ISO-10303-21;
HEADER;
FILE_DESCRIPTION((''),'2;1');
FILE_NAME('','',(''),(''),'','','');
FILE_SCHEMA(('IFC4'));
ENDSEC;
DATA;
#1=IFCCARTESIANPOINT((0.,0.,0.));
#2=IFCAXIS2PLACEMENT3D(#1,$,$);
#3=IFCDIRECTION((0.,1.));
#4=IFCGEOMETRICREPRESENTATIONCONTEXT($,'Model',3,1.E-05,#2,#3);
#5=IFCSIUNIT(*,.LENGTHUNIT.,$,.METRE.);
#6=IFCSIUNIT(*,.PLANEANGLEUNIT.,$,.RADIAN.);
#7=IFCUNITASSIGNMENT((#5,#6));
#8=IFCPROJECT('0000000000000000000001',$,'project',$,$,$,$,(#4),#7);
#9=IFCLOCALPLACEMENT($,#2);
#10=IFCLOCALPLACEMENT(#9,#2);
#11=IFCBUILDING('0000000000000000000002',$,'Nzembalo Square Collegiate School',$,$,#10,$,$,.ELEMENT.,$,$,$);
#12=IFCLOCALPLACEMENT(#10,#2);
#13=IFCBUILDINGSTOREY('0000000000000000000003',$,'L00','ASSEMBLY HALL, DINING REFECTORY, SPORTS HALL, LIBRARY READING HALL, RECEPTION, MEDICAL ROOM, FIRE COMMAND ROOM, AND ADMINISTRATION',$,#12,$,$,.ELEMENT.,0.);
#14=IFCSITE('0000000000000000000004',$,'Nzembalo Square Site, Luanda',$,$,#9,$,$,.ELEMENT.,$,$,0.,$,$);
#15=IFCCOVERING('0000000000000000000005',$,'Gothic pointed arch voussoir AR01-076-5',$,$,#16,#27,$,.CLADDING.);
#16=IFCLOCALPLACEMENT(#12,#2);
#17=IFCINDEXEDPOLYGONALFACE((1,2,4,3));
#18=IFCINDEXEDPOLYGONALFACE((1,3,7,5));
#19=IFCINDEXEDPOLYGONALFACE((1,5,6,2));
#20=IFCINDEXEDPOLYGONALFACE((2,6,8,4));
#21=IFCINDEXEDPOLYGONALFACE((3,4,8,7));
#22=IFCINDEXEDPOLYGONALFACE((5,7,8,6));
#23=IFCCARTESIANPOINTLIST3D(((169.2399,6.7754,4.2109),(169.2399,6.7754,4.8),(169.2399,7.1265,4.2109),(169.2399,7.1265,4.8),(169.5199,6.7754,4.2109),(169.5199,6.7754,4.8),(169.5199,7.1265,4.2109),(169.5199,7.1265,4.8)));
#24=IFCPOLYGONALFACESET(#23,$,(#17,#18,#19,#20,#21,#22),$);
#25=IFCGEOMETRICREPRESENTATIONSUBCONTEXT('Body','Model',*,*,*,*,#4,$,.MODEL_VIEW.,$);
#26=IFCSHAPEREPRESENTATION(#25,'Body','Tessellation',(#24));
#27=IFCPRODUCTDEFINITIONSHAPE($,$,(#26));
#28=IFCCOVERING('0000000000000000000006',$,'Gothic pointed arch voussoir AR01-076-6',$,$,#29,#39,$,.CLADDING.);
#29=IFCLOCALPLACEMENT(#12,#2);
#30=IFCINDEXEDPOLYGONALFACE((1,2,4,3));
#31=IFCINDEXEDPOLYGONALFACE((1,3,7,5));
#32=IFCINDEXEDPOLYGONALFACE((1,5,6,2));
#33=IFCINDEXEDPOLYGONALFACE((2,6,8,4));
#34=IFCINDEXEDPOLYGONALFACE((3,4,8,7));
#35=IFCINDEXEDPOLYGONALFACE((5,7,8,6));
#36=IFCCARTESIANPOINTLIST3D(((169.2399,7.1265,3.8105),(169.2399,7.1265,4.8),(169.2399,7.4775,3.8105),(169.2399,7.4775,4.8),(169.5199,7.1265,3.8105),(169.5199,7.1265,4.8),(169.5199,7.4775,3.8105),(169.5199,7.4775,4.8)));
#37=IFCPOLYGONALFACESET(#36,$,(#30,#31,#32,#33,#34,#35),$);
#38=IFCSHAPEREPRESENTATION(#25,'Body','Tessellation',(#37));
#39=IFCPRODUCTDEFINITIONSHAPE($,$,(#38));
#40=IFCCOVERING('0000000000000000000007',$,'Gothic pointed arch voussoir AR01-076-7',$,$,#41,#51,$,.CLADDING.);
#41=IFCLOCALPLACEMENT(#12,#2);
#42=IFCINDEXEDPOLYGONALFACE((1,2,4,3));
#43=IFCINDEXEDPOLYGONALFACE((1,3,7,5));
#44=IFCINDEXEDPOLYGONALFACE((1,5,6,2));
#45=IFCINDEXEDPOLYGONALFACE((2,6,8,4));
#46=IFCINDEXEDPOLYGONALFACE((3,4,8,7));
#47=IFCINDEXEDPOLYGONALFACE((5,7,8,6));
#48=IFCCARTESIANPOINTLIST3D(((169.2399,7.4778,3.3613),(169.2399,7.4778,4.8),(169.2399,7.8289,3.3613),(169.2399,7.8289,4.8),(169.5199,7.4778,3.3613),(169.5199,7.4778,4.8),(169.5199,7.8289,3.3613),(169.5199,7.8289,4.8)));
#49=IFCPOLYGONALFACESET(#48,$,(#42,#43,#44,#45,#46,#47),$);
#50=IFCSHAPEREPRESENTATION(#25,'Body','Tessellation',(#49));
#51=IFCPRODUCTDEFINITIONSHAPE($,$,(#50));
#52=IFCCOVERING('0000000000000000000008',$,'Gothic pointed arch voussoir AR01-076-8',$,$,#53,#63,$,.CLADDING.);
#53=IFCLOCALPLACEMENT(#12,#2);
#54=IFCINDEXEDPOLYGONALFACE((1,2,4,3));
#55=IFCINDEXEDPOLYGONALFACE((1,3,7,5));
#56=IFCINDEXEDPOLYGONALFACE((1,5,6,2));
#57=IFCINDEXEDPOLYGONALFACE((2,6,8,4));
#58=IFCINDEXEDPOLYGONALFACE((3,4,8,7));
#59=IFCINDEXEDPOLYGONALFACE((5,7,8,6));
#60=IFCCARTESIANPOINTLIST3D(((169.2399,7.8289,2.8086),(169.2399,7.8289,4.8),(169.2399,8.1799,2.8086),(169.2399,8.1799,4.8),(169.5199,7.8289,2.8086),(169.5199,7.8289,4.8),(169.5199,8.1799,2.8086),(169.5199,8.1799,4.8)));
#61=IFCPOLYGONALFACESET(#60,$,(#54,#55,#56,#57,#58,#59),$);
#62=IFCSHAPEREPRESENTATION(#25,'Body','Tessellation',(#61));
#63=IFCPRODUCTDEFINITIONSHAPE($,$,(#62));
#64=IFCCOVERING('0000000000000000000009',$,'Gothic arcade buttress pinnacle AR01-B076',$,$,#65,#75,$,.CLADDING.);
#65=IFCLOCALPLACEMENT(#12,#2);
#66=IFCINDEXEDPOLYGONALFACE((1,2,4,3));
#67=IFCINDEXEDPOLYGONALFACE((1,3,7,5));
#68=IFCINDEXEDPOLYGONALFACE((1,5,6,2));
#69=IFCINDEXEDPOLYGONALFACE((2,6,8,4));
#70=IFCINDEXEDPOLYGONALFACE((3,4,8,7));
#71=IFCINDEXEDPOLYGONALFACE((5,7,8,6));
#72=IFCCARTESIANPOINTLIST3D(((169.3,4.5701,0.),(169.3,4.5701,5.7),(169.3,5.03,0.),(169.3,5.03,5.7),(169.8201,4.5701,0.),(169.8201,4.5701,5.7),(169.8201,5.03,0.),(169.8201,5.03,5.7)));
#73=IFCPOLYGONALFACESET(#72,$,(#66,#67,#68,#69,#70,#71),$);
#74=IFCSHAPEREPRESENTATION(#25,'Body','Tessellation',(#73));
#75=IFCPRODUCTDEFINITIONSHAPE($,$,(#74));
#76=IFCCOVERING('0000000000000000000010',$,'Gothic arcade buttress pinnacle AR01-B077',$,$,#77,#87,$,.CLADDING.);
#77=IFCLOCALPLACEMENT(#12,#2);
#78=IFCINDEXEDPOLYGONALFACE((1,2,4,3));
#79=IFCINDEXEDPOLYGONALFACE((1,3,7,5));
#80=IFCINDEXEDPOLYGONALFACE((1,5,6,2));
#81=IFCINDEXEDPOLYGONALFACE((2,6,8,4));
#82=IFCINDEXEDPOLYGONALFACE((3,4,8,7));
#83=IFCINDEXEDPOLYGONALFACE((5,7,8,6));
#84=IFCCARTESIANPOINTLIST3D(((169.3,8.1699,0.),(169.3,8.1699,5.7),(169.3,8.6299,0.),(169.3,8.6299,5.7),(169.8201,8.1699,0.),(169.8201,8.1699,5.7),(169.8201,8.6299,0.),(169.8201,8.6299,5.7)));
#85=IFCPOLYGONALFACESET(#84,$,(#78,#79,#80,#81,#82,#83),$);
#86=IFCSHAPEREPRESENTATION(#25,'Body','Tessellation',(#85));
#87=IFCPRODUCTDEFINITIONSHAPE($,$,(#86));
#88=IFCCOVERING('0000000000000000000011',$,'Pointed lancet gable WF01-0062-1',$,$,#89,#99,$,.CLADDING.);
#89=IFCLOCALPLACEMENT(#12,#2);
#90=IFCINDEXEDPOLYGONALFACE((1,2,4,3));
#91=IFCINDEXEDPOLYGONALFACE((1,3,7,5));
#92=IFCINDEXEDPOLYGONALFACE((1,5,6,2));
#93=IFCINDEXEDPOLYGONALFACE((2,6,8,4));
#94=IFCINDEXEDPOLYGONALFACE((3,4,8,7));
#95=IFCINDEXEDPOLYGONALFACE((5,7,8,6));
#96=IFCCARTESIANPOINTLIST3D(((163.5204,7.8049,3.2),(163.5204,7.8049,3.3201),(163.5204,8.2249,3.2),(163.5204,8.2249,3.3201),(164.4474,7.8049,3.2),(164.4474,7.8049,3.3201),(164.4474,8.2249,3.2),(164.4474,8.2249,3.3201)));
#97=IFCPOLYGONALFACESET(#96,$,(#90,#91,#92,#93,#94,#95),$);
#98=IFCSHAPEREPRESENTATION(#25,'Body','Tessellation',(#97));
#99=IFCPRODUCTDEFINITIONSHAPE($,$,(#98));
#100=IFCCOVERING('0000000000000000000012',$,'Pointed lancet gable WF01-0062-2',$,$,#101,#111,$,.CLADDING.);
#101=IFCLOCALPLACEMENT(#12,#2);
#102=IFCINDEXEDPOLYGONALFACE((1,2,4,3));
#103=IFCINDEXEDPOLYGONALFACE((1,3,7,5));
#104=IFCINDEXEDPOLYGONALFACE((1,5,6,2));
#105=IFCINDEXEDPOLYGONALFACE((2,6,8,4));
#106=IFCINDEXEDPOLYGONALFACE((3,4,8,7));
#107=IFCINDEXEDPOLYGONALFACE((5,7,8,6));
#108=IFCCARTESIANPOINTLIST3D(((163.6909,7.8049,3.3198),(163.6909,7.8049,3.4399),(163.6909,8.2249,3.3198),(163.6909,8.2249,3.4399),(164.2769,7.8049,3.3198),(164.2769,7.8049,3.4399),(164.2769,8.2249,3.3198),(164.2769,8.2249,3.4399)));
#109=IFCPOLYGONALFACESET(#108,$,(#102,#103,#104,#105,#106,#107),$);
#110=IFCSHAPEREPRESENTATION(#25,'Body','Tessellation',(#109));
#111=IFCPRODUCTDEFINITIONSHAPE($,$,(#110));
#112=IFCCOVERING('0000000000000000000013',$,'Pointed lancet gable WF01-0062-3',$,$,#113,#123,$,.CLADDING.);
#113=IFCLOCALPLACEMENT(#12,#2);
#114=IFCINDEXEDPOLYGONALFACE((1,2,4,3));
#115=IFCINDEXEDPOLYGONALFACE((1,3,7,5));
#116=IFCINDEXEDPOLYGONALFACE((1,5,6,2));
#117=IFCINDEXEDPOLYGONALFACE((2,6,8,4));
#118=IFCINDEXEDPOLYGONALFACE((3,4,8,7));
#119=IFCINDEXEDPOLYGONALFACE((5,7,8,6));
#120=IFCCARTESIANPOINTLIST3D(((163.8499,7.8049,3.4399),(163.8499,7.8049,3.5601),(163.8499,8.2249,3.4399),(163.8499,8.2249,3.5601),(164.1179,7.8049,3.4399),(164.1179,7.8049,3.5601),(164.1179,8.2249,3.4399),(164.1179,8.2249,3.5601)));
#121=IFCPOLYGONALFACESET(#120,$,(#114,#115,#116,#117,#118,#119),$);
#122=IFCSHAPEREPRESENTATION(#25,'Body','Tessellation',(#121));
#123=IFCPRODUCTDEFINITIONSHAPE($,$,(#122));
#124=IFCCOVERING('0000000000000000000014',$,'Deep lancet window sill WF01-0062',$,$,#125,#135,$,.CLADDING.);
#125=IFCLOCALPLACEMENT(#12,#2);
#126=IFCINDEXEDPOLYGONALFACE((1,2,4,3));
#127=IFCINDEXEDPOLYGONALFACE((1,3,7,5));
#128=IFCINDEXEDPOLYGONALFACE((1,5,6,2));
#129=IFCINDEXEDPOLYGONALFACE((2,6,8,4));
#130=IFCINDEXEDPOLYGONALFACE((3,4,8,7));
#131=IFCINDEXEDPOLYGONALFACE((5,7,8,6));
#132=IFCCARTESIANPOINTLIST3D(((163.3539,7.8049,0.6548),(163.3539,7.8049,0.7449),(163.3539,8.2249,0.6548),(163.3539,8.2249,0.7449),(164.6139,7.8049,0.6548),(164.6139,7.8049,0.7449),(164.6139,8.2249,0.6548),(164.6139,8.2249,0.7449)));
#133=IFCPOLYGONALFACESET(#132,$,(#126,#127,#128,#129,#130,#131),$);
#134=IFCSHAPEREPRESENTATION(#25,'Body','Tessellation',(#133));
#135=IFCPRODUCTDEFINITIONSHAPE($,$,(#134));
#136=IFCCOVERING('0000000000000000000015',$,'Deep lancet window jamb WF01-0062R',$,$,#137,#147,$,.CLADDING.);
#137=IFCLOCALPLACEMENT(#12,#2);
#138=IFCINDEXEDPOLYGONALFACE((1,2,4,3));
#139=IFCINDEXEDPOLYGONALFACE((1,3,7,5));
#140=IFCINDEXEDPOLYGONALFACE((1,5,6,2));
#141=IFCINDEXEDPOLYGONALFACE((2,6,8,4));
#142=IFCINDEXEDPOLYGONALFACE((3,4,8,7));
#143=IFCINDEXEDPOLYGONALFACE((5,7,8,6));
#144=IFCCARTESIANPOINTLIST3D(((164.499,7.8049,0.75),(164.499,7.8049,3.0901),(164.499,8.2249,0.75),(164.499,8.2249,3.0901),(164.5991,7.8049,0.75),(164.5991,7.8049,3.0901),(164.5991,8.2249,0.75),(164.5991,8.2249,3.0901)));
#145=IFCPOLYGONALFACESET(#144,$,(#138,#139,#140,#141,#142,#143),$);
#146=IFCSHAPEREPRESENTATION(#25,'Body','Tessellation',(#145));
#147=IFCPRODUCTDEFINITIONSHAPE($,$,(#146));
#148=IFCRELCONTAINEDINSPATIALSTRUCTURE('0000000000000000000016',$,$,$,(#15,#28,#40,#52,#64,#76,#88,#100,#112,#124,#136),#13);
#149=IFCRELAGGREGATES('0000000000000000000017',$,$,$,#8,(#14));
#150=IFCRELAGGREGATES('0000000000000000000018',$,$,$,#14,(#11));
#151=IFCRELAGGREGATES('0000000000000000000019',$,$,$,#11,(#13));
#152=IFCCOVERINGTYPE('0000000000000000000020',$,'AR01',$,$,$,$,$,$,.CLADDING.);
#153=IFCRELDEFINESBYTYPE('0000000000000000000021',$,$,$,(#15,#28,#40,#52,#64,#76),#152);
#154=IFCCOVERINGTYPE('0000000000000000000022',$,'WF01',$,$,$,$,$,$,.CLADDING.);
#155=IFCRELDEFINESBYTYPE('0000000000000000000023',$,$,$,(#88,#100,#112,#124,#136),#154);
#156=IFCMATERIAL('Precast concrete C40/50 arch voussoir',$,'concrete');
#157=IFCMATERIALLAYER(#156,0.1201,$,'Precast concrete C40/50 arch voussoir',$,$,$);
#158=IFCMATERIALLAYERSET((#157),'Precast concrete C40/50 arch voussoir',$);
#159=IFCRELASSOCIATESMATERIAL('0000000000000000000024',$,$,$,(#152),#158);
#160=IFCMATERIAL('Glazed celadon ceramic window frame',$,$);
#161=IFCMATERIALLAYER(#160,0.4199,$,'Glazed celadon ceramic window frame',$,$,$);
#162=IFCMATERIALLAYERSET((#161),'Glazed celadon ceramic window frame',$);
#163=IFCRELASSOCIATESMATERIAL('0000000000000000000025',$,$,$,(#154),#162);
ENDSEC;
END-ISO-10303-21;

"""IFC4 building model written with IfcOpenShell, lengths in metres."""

from ifc_helpers import new_model, si_unit, direction, frame, origin, origin_2d, place, context, subcontext, project, spatial, rectangle, extrude, material, layer, layer_set, type_object, element, save


model = new_model("IFC4")

# Units and contexts
model_context = context("Model", 3, precision=1e-05, world=origin(), true_north=direction((0.0, 1.0)))
body_context = subcontext(model_context, "Body", "Model", "MODEL_VIEW")
ifc_project = project(units=[si_unit("LENGTHUNIT", "METRE"), si_unit("PLANEANGLEUNIT", "RADIAN")], contexts=[model_context])

# Site, building, storey
site_placement = place(None, origin())
site = spatial("IfcSite", under=ifc_project, at=site_placement, Name="Nzembalo Square Site, Luanda", CompositionType="ELEMENT", RefElevation=0.0)
building_placement = place(site_placement, origin())
building = spatial("IfcBuilding", under=site, at=building_placement, Name="Nzembalo Square Collegiate School", CompositionType="ELEMENT")
storey_placement = place(building_placement, origin())
storey = spatial("IfcBuildingStorey", under=building, at=storey_placement, Name="L00", Description="ASSEMBLY HALL, DINING REFECTORY, SPORTS HALL, LIBRARY READING HALL, RECEPTION, MEDICAL ROOM, FIRE COMMAND ROOM, AND ADMINISTRATION", CompositionType="ELEMENT", Elevation=0.0)

# Coverings
ifc_material_1 = material(Name="Precast concrete C40/50 arch voussoir", Category="concrete")
ifc_layer_1 = layer(ifc_material_1, 0.1201, Name="Precast concrete C40/50 arch voussoir")
ifc_layer_set_1 = layer_set([ifc_layer_1], Name="Precast concrete C40/50 arch voussoir")
covering_type_1 = type_object("IfcCoveringType", Name="AR01", PredefinedType="CLADDING", material=ifc_layer_set_1)
covering_1_placement = place(storey_placement, frame((169.3799, 6.9509, 4.2109), z_axis=(0.0, 0.0, 1.0), x_axis=(1.0, 0.0, 0.0)))
element("IfcCovering", 1, at=covering_1_placement, inside=storey, type_object=covering_type_1, Name="Gothic pointed arch voussoir AR01-076-5", PredefinedType="CLADDING", context=body_context, shape_type="SweptSolid", body=[
    extrude(rectangle(XDim=0.28, YDim=0.3511, at=origin_2d()), origin(), (0.0, 0.0, 1.0), 0.5891),
])
covering_2_placement = place(storey_placement, frame((169.3799, 7.302, 3.8105), z_axis=(0.0, 0.0, 1.0), x_axis=(1.0, 0.0, 0.0)))
element("IfcCovering", 2, at=covering_2_placement, inside=storey, type_object=covering_type_1, Name="Gothic pointed arch voussoir AR01-076-6", PredefinedType="CLADDING", context=body_context, shape_type="SweptSolid", body=[
    extrude(rectangle(XDim=0.28, YDim=0.3511, at=origin_2d()), origin(), (0.0, 0.0, 1.0), 0.9895),
])
covering_3_placement = place(storey_placement, frame((169.3799, 7.6533, 3.3613), z_axis=(0.0, 0.0, 1.0), x_axis=(1.0, 0.0, 0.0)))
element("IfcCovering", 3, at=covering_3_placement, inside=storey, type_object=covering_type_1, Name="Gothic pointed arch voussoir AR01-076-7", PredefinedType="CLADDING", context=body_context, shape_type="SweptSolid", body=[
    extrude(rectangle(XDim=0.28, YDim=0.3511, at=origin_2d()), origin(), (0.0, 0.0, 1.0), 1.4387),
])
covering_4_placement = place(storey_placement, frame((169.3799, 8.0044, 2.8086), z_axis=(0.0, 0.0, 1.0), x_axis=(1.0, 0.0, 0.0)))
element("IfcCovering", 4, at=covering_4_placement, inside=storey, type_object=covering_type_1, Name="Gothic pointed arch voussoir AR01-076-8", PredefinedType="CLADDING", context=body_context, shape_type="SweptSolid", body=[
    extrude(rectangle(XDim=0.28, YDim=0.3511, at=origin_2d()), origin(), (0.0, 0.0, 1.0), 1.9915),
])
for number, where, z_axis, x_axis, name in (
    (5, (169.5601, 4.8, 0.0), (0.0, 0.0, 1.0), (1.0, 0.0, 0.0), "Gothic arcade buttress pinnacle AR01-B076"),
    (6, (169.5601, 8.3999, 0.0), (0.0, 0.0, 1.0), (1.0, 0.0, 0.0), "Gothic arcade buttress pinnacle AR01-B077"),
):
    element("IfcCovering", number, at=place(storey_placement, frame(where, z_axis=z_axis, x_axis=x_axis)), inside=storey, type_object=covering_type_1, Name=name, PredefinedType="CLADDING", context=body_context, shape_type="SweptSolid", body=[
        extrude(rectangle(XDim=0.52, YDim=0.46, at=origin_2d()), origin(), (0.0, 0.0, 1.0), 5.7),
    ])
ifc_material_2 = material(Name="Glazed celadon ceramic window frame")
ifc_layer_2 = layer(ifc_material_2, 0.4199, Name="Glazed celadon ceramic window frame")
ifc_layer_set_2 = layer_set([ifc_layer_2], Name="Glazed celadon ceramic window frame")
covering_type_2 = type_object("IfcCoveringType", Name="WF01", PredefinedType="CLADDING", material=ifc_layer_set_2)
covering_5_placement = place(storey_placement, frame((163.9839, 8.0149, 3.2), z_axis=(0.0, 0.0, 1.0), x_axis=(1.0, 0.0, 0.0)))
element("IfcCovering", 7, at=covering_5_placement, inside=storey, type_object=covering_type_2, Name="Pointed lancet gable WF01-0062-1", PredefinedType="CLADDING", context=body_context, shape_type="SweptSolid", body=[
    extrude(rectangle(XDim=0.927, YDim=0.4199, at=origin_2d()), origin(), (0.0, 0.0, 1.0), 0.1201),
])
covering_6_placement = place(storey_placement, frame((163.9839, 8.0149, 3.3198), z_axis=(0.0, 0.0, 1.0), x_axis=(1.0, 0.0, 0.0)))
element("IfcCovering", 8, at=covering_6_placement, inside=storey, type_object=covering_type_2, Name="Pointed lancet gable WF01-0062-2", PredefinedType="CLADDING", context=body_context, shape_type="SweptSolid", body=[
    extrude(rectangle(XDim=0.5859, YDim=0.4199, at=origin_2d()), origin(), (0.0, 0.0, 1.0), 0.1201),
])
covering_7_placement = place(storey_placement, frame((163.9839, 8.0149, 3.4399), z_axis=(0.0, 0.0, 1.0), x_axis=(1.0, 0.0, 0.0)))
element("IfcCovering", 9, at=covering_7_placement, inside=storey, type_object=covering_type_2, Name="Pointed lancet gable WF01-0062-3", PredefinedType="CLADDING", context=body_context, shape_type="SweptSolid", body=[
    extrude(rectangle(XDim=0.2681, YDim=0.4199, at=origin_2d()), origin(), (0.0, 0.0, 1.0), 0.1201),
])
covering_8_placement = place(storey_placement, frame((163.9839, 8.0149, 0.6548), z_axis=(0.0, 0.0, 1.0), x_axis=(1.0, 0.0, 0.0)))
element("IfcCovering", 10, at=covering_8_placement, inside=storey, type_object=covering_type_2, Name="Deep lancet window sill WF01-0062", PredefinedType="CLADDING", context=body_context, shape_type="SweptSolid", body=[
    extrude(rectangle(XDim=1.26, YDim=0.4199, at=origin_2d()), origin(), (0.0, 0.0, 1.0), 0.0901),
])
covering_9_placement = place(storey_placement, frame((164.5491, 8.0149, 0.75), z_axis=(0.0, 0.0, 1.0), x_axis=(1.0, 0.0, 0.0)))
element("IfcCovering", 11, at=covering_9_placement, inside=storey, type_object=covering_type_2, Name="Deep lancet window jamb WF01-0062R", PredefinedType="CLADDING", context=body_context, shape_type="SweptSolid", body=[
    extrude(rectangle(XDim=0.1001, YDim=0.4199, at=origin_2d()), origin(), (0.0, 0.0, 1.0), 2.3401),
])

save(model, "model.ifc")
